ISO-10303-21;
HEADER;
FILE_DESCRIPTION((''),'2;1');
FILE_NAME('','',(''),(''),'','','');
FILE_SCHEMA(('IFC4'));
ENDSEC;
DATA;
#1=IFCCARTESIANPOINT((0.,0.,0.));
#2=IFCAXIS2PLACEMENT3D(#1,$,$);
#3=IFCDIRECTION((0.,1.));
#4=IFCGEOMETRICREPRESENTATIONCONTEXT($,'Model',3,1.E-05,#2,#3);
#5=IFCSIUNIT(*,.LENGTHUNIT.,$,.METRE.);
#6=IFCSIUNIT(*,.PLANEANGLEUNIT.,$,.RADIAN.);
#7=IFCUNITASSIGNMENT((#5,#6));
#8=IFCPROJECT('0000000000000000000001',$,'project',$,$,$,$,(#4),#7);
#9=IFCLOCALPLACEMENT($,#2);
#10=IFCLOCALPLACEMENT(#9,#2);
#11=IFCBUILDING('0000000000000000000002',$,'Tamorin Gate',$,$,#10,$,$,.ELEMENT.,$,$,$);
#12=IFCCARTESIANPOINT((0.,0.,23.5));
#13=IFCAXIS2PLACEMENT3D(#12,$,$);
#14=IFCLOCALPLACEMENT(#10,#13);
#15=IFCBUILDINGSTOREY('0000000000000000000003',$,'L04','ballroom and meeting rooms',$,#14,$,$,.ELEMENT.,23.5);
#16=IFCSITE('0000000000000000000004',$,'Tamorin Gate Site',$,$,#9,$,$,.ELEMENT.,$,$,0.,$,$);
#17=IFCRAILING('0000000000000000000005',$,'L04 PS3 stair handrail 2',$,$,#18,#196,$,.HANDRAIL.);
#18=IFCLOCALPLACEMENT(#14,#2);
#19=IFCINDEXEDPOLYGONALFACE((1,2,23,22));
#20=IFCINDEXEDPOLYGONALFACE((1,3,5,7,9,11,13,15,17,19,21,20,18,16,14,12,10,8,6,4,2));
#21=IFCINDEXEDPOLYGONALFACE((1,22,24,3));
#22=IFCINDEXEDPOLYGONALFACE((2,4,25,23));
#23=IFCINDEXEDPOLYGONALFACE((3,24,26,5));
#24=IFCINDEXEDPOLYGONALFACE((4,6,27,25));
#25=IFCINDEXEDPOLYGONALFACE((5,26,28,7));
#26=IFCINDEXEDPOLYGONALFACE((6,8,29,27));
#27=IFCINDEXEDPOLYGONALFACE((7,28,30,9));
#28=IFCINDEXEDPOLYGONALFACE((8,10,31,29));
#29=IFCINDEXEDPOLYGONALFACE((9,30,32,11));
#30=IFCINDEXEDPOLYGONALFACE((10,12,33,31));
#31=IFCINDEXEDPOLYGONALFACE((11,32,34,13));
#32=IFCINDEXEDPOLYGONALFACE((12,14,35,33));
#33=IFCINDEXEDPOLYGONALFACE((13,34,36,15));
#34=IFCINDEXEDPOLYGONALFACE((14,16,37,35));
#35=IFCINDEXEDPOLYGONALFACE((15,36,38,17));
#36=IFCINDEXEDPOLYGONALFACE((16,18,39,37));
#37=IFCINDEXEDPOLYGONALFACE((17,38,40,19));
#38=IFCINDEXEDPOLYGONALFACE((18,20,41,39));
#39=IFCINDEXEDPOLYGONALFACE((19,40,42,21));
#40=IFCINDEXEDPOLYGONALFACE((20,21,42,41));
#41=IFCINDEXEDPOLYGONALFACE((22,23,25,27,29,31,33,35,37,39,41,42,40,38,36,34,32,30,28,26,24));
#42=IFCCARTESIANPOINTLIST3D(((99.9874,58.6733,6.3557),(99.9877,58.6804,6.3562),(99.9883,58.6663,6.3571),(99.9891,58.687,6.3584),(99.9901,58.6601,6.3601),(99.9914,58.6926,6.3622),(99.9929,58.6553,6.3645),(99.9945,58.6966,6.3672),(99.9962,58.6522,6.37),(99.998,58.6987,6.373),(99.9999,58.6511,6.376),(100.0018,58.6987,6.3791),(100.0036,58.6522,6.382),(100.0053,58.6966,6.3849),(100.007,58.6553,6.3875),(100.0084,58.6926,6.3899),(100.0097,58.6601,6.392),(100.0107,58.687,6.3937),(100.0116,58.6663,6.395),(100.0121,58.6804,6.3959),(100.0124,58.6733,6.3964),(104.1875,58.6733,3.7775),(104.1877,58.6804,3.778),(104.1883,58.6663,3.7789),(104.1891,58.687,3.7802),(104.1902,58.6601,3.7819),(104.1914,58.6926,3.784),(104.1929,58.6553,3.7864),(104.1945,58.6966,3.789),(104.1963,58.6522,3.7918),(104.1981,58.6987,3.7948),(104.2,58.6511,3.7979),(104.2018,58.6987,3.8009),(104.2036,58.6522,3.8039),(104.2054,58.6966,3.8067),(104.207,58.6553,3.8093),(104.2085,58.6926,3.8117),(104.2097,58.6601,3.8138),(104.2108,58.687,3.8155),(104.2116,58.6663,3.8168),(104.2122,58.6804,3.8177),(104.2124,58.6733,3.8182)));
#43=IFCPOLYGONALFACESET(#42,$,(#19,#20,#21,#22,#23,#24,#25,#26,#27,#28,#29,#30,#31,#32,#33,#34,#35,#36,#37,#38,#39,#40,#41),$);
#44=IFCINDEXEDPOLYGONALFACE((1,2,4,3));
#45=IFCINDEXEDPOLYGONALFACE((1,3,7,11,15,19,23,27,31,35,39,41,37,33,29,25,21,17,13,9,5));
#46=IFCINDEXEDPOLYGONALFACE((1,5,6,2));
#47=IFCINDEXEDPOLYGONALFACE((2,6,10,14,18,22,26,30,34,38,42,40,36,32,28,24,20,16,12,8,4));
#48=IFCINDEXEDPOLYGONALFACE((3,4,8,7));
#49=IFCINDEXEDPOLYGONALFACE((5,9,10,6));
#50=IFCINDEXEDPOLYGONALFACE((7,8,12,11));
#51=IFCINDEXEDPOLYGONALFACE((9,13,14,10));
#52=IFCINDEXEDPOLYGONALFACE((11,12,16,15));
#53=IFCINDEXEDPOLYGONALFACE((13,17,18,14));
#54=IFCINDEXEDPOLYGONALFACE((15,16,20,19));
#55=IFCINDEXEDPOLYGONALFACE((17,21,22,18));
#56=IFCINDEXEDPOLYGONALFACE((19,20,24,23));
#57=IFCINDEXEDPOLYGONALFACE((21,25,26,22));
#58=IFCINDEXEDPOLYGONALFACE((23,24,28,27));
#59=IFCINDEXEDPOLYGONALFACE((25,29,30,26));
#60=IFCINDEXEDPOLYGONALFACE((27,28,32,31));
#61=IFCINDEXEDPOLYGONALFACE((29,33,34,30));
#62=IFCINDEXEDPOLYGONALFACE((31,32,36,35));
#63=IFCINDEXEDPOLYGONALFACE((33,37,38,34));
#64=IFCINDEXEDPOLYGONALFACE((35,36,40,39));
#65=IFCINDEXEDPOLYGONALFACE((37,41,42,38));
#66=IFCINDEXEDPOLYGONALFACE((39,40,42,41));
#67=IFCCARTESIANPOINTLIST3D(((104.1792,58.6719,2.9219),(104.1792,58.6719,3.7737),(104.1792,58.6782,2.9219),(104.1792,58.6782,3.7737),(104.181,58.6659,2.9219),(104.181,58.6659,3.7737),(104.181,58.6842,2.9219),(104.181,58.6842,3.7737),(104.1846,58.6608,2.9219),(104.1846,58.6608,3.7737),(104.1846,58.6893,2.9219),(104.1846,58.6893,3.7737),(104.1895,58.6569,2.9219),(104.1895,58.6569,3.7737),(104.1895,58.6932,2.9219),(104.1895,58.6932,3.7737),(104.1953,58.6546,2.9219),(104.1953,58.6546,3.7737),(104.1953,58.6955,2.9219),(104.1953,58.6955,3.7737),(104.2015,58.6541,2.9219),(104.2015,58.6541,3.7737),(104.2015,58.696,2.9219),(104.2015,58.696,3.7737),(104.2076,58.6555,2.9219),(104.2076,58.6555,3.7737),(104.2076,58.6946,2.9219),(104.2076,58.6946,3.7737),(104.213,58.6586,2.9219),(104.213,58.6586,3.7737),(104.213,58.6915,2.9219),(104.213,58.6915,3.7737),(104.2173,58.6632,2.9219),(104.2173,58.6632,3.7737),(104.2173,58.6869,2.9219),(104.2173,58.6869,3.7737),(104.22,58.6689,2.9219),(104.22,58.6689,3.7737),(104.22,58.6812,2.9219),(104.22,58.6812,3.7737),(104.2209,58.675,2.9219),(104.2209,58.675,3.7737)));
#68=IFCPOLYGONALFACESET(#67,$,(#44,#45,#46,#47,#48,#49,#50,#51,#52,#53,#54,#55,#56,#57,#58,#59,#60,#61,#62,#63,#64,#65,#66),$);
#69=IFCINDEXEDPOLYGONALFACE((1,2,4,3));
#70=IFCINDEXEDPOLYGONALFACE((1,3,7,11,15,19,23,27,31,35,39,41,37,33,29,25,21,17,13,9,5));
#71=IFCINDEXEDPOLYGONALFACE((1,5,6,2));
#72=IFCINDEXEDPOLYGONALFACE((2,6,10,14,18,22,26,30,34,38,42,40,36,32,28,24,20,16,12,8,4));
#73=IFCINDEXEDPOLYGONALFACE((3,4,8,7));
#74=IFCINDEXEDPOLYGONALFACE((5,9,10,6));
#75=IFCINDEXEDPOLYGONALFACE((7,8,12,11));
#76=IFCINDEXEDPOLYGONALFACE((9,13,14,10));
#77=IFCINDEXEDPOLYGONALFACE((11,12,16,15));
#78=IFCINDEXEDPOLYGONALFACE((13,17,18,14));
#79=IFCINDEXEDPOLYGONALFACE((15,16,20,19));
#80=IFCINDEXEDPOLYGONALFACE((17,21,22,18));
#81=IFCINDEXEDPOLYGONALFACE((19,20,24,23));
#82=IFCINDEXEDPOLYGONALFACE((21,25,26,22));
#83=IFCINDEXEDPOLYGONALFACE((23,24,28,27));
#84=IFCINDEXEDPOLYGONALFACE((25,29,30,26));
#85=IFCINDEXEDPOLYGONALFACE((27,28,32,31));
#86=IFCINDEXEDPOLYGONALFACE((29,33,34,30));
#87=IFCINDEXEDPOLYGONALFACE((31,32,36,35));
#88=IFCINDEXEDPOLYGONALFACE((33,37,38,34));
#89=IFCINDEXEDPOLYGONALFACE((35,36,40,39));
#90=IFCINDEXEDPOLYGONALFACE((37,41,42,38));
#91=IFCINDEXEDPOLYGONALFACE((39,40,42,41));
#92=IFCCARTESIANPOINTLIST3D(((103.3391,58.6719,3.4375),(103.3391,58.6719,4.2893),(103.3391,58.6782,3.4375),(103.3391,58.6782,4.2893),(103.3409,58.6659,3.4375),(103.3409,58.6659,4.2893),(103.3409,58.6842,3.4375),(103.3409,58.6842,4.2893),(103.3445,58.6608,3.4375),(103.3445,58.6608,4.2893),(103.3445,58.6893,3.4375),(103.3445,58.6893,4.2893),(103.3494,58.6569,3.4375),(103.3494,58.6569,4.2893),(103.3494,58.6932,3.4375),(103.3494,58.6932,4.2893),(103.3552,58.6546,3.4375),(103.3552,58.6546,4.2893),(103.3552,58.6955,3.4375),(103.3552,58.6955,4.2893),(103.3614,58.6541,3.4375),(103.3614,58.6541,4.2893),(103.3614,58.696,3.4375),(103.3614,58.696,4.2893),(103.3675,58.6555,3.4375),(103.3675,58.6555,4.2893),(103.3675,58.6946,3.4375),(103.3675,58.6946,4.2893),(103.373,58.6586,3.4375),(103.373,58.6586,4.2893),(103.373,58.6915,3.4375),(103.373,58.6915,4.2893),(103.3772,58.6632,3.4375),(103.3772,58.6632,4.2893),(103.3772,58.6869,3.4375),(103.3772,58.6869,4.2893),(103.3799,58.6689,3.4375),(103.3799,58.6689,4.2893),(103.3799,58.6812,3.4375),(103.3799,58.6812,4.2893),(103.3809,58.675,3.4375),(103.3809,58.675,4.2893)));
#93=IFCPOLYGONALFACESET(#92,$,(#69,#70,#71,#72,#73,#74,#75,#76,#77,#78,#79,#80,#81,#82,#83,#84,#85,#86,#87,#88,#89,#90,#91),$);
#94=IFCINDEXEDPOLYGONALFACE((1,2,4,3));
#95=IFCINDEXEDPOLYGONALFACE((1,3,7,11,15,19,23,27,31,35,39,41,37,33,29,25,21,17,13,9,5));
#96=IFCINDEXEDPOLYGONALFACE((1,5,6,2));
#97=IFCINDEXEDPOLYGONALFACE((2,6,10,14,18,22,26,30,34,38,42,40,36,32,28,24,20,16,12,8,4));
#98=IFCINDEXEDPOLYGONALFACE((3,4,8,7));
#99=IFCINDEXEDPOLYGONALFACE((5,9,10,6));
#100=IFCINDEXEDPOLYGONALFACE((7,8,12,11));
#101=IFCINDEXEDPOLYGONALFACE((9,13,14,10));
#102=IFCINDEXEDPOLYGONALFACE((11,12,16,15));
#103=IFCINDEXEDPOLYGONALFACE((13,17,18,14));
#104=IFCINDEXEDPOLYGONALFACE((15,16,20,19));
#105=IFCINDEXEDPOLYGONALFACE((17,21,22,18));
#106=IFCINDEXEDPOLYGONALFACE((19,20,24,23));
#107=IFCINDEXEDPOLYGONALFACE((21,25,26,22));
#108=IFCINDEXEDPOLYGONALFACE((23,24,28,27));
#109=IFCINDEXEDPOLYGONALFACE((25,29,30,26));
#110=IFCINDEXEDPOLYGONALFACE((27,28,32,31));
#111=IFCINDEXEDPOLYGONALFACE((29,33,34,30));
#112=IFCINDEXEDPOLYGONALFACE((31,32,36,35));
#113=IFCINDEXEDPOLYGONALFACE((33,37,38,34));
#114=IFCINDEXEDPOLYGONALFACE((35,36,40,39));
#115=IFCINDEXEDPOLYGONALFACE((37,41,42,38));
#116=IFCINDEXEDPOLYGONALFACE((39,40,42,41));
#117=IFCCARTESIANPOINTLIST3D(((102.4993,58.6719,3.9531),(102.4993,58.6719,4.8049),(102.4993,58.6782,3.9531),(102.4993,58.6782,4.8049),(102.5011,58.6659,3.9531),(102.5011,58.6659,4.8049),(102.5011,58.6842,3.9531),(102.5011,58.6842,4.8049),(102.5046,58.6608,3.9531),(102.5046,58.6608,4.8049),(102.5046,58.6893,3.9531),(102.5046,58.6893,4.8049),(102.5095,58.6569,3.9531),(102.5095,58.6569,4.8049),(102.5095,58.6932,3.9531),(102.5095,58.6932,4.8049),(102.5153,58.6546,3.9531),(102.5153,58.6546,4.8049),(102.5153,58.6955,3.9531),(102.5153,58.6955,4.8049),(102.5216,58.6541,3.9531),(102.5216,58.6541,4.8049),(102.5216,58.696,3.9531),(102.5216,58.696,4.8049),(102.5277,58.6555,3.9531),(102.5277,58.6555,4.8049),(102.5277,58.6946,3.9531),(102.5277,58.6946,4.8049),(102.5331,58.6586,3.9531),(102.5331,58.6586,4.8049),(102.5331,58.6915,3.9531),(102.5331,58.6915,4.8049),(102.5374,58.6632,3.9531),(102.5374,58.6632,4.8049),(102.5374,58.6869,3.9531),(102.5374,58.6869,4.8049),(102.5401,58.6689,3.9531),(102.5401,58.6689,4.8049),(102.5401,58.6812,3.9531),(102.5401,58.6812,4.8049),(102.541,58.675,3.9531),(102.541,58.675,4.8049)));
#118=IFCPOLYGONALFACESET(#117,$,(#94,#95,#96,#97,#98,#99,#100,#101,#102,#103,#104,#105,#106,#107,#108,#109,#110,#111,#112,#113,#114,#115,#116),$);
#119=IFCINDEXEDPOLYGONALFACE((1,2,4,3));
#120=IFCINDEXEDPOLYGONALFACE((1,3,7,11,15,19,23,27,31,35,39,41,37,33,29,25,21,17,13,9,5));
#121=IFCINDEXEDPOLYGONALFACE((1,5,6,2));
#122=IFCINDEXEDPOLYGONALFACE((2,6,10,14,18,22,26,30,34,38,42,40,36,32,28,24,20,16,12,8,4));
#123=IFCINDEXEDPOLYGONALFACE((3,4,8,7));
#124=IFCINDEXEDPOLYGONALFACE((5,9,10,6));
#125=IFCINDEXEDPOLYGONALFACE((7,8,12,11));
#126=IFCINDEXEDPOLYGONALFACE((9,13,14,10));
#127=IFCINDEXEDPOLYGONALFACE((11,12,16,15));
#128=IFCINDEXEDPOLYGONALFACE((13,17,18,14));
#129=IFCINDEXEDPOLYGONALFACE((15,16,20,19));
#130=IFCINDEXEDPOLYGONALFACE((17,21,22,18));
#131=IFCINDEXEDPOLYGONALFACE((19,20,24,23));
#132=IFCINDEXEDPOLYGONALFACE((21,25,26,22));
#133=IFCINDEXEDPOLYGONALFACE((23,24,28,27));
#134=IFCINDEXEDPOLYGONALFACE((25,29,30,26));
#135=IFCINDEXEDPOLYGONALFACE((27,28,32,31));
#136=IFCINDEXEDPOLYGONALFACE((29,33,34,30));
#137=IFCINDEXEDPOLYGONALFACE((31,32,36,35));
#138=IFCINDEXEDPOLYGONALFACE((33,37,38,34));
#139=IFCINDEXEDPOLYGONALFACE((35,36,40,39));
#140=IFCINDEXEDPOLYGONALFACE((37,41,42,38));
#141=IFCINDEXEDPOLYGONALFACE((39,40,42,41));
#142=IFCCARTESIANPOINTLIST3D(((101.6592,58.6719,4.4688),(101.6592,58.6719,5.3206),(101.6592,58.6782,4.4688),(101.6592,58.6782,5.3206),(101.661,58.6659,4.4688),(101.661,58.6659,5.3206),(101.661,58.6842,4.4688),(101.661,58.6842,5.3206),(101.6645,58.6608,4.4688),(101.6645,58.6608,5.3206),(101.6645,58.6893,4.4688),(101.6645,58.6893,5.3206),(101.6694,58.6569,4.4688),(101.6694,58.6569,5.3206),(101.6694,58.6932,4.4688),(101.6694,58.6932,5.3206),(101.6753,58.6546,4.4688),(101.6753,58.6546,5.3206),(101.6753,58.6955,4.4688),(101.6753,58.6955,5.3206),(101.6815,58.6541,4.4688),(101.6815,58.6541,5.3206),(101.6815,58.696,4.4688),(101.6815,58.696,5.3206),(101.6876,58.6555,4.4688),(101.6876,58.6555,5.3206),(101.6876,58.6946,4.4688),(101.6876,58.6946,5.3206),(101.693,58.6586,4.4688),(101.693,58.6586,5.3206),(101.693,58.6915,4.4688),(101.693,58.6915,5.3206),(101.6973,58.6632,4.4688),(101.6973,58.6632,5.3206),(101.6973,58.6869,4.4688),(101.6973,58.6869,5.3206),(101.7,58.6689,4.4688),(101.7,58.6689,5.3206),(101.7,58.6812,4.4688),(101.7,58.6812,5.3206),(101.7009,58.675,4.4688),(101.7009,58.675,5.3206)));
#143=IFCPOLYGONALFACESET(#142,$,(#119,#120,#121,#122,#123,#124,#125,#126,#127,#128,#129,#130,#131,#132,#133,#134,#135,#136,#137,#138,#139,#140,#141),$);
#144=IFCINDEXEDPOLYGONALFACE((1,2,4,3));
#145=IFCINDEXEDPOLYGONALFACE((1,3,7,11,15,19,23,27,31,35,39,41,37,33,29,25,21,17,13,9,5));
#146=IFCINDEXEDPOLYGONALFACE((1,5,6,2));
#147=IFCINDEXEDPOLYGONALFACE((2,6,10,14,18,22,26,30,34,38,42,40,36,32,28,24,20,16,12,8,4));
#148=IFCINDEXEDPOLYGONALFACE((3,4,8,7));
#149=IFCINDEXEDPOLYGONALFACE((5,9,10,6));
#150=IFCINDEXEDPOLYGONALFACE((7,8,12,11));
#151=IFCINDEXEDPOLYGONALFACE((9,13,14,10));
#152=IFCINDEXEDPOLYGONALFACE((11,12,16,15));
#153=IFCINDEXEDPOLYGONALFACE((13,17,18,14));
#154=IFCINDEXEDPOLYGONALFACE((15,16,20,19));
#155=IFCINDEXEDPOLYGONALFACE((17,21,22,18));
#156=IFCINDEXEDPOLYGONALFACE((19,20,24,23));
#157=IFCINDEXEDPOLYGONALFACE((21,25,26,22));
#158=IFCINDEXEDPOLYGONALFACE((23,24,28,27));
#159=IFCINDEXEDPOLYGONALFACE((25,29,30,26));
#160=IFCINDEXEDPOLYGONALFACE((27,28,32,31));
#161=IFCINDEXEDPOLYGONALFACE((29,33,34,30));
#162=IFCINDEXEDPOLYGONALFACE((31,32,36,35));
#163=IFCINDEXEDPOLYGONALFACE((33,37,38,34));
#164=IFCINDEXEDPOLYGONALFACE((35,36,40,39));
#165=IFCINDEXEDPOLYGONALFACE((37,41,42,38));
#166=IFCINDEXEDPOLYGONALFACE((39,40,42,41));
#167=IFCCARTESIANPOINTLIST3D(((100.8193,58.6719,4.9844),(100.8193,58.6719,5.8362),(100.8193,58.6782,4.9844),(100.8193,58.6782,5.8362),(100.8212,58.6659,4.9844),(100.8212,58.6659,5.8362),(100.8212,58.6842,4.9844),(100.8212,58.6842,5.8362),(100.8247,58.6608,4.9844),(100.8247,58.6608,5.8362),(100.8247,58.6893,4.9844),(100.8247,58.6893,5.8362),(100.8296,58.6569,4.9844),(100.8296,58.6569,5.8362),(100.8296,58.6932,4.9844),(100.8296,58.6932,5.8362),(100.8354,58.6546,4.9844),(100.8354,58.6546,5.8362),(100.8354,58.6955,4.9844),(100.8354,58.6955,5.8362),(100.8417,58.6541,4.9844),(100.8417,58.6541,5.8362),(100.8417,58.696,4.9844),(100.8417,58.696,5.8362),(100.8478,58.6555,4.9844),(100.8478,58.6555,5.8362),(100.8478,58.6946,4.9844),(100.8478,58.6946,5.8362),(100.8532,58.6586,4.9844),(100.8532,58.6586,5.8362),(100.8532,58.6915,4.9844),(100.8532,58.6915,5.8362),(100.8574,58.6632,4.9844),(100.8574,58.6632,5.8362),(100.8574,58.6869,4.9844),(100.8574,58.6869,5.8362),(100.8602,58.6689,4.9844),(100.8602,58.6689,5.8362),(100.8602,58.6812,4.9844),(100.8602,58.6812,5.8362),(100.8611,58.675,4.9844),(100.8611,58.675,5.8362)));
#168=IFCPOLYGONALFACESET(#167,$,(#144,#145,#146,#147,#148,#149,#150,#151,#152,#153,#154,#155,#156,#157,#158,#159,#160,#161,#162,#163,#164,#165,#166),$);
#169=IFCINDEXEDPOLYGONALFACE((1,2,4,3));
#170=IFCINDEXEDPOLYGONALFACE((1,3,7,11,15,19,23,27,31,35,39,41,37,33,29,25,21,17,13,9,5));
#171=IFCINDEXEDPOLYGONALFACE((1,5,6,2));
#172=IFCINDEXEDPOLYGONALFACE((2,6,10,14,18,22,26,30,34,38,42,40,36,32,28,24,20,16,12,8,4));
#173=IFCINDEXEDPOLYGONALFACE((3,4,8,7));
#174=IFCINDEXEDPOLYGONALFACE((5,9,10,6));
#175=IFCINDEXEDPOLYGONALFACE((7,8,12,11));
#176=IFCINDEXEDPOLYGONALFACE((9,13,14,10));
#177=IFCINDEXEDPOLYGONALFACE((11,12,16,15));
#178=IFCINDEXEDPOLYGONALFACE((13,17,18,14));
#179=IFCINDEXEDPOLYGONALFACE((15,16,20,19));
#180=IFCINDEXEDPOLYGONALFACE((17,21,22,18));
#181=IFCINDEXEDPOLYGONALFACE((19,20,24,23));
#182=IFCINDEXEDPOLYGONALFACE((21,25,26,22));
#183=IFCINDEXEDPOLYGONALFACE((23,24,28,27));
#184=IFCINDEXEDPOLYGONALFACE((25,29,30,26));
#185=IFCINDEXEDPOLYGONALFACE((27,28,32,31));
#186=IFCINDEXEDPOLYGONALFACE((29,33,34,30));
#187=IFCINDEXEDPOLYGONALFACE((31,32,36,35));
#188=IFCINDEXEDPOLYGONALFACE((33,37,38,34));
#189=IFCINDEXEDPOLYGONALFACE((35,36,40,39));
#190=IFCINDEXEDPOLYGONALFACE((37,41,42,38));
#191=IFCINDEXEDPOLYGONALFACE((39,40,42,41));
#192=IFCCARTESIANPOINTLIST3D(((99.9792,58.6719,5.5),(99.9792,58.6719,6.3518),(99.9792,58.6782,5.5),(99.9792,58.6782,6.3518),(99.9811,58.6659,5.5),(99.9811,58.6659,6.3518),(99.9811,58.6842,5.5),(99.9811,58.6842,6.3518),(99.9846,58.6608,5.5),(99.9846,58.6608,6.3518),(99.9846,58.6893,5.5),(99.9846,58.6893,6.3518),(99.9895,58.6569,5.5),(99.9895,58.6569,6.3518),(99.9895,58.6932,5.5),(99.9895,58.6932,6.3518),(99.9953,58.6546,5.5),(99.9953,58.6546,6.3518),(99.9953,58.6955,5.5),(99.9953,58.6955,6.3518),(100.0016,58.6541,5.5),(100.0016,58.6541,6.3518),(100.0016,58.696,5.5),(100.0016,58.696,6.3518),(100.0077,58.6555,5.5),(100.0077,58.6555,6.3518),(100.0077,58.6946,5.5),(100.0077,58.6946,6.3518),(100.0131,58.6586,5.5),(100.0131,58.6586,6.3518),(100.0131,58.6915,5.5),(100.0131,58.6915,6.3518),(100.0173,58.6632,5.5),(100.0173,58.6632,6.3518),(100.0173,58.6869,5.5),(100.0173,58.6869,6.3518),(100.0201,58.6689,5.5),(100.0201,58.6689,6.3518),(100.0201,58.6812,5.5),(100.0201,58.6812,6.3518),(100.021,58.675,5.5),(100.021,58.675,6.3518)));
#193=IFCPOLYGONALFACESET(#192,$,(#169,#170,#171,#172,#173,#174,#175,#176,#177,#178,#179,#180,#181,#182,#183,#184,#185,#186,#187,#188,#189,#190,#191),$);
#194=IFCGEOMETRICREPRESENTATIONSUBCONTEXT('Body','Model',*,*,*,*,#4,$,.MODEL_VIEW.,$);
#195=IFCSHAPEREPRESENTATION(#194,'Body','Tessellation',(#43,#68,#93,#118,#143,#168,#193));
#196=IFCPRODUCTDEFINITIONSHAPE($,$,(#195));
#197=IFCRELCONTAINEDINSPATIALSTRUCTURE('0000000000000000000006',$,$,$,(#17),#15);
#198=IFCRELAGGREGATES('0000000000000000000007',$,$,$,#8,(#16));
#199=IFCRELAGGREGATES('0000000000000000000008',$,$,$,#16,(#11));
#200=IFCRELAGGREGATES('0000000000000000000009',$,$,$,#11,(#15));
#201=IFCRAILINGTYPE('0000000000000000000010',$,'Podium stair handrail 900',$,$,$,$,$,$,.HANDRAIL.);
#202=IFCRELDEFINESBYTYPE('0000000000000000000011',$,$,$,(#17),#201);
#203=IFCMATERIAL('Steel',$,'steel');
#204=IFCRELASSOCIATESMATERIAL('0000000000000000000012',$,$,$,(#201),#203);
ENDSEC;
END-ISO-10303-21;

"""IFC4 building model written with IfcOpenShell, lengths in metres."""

from ifc_helpers import new_model, si_unit, direction, frame, origin, origin_2d, place, context, subcontext, project, spatial, circle, extrude, material, type_object, element, save


model = new_model("IFC4")

# Units and contexts
model_context = context("Model", 3, precision=1e-05, world=origin(), true_north=direction((0.0, 1.0)))
body_context = subcontext(model_context, "Body", "Model", "MODEL_VIEW")
ifc_project = project(units=[si_unit("LENGTHUNIT", "METRE"), si_unit("PLANEANGLEUNIT", "RADIAN")], contexts=[model_context])

# Site, building, storey
site_placement = place(None, origin())
site = spatial("IfcSite", under=ifc_project, at=site_placement, Name="Tamorin Gate Site", CompositionType="ELEMENT", RefElevation=0.0)
building_placement = place(site_placement, origin())
building = spatial("IfcBuilding", under=site, at=building_placement, Name="Tamorin Gate", CompositionType="ELEMENT")
storey_placement = place(building_placement, frame((0.0, 0.0, 23.5)))
storey = spatial("IfcBuildingStorey", under=building, at=storey_placement, Name="L04", Description="ballroom and meeting rooms", CompositionType="ELEMENT", Elevation=23.5)

# Railing
ifc_material_1 = material(Name="Steel", Category="steel")
railing_type_1 = type_object("IfcRailingType", Name="Podium stair handrail 900", PredefinedType="HANDRAIL", material=ifc_material_1)
railing_1_placement = place(storey_placement, frame((104.2, 58.675, 2.9219)))
element("IfcRailing", 1, at=railing_1_placement, inside=storey, type_object=railing_type_1, Name="L04 PS3 stair handrail 2", PredefinedType="HANDRAIL", context=body_context, shape_type="SweptSolid", body=[
    extrude(circle(Radius=0.0239, at=origin_2d()), frame((0.0, 0.0, 0.876), z_axis=(-0.852243, 0.0, 0.523146), x_axis=(0.0, -1.0, 0.0)), (0.0, 0.0, 1.0), 4.9282),
    extrude(circle(Radius=0.021, at=origin_2d()), origin(), (0.0, 0.0, 1.0), 0.8518),
    extrude(circle(Radius=0.021, at=origin_2d()), frame((-0.8401, 0.0, 0.5156)), (0.0, 0.0, 1.0), 0.8518),
    extrude(circle(Radius=0.021, at=origin_2d()), frame((-1.6799, 0.0, 1.0312)), (0.0, 0.0, 1.0), 0.8518),
    extrude(circle(Radius=0.021, at=origin_2d()), frame((-2.52, 0.0, 1.5469)), (0.0, 0.0, 1.0), 0.8518),
    extrude(circle(Radius=0.021, at=origin_2d()), frame((-3.3599, 0.0, 2.0625)), (0.0, 0.0, 1.0), 0.8518),
    extrude(circle(Radius=0.021, at=origin_2d()), frame((-4.2, 0.0, 2.5781)), (0.0, 0.0, 1.0), 0.8518),
])

save(model, "model.ifc")
